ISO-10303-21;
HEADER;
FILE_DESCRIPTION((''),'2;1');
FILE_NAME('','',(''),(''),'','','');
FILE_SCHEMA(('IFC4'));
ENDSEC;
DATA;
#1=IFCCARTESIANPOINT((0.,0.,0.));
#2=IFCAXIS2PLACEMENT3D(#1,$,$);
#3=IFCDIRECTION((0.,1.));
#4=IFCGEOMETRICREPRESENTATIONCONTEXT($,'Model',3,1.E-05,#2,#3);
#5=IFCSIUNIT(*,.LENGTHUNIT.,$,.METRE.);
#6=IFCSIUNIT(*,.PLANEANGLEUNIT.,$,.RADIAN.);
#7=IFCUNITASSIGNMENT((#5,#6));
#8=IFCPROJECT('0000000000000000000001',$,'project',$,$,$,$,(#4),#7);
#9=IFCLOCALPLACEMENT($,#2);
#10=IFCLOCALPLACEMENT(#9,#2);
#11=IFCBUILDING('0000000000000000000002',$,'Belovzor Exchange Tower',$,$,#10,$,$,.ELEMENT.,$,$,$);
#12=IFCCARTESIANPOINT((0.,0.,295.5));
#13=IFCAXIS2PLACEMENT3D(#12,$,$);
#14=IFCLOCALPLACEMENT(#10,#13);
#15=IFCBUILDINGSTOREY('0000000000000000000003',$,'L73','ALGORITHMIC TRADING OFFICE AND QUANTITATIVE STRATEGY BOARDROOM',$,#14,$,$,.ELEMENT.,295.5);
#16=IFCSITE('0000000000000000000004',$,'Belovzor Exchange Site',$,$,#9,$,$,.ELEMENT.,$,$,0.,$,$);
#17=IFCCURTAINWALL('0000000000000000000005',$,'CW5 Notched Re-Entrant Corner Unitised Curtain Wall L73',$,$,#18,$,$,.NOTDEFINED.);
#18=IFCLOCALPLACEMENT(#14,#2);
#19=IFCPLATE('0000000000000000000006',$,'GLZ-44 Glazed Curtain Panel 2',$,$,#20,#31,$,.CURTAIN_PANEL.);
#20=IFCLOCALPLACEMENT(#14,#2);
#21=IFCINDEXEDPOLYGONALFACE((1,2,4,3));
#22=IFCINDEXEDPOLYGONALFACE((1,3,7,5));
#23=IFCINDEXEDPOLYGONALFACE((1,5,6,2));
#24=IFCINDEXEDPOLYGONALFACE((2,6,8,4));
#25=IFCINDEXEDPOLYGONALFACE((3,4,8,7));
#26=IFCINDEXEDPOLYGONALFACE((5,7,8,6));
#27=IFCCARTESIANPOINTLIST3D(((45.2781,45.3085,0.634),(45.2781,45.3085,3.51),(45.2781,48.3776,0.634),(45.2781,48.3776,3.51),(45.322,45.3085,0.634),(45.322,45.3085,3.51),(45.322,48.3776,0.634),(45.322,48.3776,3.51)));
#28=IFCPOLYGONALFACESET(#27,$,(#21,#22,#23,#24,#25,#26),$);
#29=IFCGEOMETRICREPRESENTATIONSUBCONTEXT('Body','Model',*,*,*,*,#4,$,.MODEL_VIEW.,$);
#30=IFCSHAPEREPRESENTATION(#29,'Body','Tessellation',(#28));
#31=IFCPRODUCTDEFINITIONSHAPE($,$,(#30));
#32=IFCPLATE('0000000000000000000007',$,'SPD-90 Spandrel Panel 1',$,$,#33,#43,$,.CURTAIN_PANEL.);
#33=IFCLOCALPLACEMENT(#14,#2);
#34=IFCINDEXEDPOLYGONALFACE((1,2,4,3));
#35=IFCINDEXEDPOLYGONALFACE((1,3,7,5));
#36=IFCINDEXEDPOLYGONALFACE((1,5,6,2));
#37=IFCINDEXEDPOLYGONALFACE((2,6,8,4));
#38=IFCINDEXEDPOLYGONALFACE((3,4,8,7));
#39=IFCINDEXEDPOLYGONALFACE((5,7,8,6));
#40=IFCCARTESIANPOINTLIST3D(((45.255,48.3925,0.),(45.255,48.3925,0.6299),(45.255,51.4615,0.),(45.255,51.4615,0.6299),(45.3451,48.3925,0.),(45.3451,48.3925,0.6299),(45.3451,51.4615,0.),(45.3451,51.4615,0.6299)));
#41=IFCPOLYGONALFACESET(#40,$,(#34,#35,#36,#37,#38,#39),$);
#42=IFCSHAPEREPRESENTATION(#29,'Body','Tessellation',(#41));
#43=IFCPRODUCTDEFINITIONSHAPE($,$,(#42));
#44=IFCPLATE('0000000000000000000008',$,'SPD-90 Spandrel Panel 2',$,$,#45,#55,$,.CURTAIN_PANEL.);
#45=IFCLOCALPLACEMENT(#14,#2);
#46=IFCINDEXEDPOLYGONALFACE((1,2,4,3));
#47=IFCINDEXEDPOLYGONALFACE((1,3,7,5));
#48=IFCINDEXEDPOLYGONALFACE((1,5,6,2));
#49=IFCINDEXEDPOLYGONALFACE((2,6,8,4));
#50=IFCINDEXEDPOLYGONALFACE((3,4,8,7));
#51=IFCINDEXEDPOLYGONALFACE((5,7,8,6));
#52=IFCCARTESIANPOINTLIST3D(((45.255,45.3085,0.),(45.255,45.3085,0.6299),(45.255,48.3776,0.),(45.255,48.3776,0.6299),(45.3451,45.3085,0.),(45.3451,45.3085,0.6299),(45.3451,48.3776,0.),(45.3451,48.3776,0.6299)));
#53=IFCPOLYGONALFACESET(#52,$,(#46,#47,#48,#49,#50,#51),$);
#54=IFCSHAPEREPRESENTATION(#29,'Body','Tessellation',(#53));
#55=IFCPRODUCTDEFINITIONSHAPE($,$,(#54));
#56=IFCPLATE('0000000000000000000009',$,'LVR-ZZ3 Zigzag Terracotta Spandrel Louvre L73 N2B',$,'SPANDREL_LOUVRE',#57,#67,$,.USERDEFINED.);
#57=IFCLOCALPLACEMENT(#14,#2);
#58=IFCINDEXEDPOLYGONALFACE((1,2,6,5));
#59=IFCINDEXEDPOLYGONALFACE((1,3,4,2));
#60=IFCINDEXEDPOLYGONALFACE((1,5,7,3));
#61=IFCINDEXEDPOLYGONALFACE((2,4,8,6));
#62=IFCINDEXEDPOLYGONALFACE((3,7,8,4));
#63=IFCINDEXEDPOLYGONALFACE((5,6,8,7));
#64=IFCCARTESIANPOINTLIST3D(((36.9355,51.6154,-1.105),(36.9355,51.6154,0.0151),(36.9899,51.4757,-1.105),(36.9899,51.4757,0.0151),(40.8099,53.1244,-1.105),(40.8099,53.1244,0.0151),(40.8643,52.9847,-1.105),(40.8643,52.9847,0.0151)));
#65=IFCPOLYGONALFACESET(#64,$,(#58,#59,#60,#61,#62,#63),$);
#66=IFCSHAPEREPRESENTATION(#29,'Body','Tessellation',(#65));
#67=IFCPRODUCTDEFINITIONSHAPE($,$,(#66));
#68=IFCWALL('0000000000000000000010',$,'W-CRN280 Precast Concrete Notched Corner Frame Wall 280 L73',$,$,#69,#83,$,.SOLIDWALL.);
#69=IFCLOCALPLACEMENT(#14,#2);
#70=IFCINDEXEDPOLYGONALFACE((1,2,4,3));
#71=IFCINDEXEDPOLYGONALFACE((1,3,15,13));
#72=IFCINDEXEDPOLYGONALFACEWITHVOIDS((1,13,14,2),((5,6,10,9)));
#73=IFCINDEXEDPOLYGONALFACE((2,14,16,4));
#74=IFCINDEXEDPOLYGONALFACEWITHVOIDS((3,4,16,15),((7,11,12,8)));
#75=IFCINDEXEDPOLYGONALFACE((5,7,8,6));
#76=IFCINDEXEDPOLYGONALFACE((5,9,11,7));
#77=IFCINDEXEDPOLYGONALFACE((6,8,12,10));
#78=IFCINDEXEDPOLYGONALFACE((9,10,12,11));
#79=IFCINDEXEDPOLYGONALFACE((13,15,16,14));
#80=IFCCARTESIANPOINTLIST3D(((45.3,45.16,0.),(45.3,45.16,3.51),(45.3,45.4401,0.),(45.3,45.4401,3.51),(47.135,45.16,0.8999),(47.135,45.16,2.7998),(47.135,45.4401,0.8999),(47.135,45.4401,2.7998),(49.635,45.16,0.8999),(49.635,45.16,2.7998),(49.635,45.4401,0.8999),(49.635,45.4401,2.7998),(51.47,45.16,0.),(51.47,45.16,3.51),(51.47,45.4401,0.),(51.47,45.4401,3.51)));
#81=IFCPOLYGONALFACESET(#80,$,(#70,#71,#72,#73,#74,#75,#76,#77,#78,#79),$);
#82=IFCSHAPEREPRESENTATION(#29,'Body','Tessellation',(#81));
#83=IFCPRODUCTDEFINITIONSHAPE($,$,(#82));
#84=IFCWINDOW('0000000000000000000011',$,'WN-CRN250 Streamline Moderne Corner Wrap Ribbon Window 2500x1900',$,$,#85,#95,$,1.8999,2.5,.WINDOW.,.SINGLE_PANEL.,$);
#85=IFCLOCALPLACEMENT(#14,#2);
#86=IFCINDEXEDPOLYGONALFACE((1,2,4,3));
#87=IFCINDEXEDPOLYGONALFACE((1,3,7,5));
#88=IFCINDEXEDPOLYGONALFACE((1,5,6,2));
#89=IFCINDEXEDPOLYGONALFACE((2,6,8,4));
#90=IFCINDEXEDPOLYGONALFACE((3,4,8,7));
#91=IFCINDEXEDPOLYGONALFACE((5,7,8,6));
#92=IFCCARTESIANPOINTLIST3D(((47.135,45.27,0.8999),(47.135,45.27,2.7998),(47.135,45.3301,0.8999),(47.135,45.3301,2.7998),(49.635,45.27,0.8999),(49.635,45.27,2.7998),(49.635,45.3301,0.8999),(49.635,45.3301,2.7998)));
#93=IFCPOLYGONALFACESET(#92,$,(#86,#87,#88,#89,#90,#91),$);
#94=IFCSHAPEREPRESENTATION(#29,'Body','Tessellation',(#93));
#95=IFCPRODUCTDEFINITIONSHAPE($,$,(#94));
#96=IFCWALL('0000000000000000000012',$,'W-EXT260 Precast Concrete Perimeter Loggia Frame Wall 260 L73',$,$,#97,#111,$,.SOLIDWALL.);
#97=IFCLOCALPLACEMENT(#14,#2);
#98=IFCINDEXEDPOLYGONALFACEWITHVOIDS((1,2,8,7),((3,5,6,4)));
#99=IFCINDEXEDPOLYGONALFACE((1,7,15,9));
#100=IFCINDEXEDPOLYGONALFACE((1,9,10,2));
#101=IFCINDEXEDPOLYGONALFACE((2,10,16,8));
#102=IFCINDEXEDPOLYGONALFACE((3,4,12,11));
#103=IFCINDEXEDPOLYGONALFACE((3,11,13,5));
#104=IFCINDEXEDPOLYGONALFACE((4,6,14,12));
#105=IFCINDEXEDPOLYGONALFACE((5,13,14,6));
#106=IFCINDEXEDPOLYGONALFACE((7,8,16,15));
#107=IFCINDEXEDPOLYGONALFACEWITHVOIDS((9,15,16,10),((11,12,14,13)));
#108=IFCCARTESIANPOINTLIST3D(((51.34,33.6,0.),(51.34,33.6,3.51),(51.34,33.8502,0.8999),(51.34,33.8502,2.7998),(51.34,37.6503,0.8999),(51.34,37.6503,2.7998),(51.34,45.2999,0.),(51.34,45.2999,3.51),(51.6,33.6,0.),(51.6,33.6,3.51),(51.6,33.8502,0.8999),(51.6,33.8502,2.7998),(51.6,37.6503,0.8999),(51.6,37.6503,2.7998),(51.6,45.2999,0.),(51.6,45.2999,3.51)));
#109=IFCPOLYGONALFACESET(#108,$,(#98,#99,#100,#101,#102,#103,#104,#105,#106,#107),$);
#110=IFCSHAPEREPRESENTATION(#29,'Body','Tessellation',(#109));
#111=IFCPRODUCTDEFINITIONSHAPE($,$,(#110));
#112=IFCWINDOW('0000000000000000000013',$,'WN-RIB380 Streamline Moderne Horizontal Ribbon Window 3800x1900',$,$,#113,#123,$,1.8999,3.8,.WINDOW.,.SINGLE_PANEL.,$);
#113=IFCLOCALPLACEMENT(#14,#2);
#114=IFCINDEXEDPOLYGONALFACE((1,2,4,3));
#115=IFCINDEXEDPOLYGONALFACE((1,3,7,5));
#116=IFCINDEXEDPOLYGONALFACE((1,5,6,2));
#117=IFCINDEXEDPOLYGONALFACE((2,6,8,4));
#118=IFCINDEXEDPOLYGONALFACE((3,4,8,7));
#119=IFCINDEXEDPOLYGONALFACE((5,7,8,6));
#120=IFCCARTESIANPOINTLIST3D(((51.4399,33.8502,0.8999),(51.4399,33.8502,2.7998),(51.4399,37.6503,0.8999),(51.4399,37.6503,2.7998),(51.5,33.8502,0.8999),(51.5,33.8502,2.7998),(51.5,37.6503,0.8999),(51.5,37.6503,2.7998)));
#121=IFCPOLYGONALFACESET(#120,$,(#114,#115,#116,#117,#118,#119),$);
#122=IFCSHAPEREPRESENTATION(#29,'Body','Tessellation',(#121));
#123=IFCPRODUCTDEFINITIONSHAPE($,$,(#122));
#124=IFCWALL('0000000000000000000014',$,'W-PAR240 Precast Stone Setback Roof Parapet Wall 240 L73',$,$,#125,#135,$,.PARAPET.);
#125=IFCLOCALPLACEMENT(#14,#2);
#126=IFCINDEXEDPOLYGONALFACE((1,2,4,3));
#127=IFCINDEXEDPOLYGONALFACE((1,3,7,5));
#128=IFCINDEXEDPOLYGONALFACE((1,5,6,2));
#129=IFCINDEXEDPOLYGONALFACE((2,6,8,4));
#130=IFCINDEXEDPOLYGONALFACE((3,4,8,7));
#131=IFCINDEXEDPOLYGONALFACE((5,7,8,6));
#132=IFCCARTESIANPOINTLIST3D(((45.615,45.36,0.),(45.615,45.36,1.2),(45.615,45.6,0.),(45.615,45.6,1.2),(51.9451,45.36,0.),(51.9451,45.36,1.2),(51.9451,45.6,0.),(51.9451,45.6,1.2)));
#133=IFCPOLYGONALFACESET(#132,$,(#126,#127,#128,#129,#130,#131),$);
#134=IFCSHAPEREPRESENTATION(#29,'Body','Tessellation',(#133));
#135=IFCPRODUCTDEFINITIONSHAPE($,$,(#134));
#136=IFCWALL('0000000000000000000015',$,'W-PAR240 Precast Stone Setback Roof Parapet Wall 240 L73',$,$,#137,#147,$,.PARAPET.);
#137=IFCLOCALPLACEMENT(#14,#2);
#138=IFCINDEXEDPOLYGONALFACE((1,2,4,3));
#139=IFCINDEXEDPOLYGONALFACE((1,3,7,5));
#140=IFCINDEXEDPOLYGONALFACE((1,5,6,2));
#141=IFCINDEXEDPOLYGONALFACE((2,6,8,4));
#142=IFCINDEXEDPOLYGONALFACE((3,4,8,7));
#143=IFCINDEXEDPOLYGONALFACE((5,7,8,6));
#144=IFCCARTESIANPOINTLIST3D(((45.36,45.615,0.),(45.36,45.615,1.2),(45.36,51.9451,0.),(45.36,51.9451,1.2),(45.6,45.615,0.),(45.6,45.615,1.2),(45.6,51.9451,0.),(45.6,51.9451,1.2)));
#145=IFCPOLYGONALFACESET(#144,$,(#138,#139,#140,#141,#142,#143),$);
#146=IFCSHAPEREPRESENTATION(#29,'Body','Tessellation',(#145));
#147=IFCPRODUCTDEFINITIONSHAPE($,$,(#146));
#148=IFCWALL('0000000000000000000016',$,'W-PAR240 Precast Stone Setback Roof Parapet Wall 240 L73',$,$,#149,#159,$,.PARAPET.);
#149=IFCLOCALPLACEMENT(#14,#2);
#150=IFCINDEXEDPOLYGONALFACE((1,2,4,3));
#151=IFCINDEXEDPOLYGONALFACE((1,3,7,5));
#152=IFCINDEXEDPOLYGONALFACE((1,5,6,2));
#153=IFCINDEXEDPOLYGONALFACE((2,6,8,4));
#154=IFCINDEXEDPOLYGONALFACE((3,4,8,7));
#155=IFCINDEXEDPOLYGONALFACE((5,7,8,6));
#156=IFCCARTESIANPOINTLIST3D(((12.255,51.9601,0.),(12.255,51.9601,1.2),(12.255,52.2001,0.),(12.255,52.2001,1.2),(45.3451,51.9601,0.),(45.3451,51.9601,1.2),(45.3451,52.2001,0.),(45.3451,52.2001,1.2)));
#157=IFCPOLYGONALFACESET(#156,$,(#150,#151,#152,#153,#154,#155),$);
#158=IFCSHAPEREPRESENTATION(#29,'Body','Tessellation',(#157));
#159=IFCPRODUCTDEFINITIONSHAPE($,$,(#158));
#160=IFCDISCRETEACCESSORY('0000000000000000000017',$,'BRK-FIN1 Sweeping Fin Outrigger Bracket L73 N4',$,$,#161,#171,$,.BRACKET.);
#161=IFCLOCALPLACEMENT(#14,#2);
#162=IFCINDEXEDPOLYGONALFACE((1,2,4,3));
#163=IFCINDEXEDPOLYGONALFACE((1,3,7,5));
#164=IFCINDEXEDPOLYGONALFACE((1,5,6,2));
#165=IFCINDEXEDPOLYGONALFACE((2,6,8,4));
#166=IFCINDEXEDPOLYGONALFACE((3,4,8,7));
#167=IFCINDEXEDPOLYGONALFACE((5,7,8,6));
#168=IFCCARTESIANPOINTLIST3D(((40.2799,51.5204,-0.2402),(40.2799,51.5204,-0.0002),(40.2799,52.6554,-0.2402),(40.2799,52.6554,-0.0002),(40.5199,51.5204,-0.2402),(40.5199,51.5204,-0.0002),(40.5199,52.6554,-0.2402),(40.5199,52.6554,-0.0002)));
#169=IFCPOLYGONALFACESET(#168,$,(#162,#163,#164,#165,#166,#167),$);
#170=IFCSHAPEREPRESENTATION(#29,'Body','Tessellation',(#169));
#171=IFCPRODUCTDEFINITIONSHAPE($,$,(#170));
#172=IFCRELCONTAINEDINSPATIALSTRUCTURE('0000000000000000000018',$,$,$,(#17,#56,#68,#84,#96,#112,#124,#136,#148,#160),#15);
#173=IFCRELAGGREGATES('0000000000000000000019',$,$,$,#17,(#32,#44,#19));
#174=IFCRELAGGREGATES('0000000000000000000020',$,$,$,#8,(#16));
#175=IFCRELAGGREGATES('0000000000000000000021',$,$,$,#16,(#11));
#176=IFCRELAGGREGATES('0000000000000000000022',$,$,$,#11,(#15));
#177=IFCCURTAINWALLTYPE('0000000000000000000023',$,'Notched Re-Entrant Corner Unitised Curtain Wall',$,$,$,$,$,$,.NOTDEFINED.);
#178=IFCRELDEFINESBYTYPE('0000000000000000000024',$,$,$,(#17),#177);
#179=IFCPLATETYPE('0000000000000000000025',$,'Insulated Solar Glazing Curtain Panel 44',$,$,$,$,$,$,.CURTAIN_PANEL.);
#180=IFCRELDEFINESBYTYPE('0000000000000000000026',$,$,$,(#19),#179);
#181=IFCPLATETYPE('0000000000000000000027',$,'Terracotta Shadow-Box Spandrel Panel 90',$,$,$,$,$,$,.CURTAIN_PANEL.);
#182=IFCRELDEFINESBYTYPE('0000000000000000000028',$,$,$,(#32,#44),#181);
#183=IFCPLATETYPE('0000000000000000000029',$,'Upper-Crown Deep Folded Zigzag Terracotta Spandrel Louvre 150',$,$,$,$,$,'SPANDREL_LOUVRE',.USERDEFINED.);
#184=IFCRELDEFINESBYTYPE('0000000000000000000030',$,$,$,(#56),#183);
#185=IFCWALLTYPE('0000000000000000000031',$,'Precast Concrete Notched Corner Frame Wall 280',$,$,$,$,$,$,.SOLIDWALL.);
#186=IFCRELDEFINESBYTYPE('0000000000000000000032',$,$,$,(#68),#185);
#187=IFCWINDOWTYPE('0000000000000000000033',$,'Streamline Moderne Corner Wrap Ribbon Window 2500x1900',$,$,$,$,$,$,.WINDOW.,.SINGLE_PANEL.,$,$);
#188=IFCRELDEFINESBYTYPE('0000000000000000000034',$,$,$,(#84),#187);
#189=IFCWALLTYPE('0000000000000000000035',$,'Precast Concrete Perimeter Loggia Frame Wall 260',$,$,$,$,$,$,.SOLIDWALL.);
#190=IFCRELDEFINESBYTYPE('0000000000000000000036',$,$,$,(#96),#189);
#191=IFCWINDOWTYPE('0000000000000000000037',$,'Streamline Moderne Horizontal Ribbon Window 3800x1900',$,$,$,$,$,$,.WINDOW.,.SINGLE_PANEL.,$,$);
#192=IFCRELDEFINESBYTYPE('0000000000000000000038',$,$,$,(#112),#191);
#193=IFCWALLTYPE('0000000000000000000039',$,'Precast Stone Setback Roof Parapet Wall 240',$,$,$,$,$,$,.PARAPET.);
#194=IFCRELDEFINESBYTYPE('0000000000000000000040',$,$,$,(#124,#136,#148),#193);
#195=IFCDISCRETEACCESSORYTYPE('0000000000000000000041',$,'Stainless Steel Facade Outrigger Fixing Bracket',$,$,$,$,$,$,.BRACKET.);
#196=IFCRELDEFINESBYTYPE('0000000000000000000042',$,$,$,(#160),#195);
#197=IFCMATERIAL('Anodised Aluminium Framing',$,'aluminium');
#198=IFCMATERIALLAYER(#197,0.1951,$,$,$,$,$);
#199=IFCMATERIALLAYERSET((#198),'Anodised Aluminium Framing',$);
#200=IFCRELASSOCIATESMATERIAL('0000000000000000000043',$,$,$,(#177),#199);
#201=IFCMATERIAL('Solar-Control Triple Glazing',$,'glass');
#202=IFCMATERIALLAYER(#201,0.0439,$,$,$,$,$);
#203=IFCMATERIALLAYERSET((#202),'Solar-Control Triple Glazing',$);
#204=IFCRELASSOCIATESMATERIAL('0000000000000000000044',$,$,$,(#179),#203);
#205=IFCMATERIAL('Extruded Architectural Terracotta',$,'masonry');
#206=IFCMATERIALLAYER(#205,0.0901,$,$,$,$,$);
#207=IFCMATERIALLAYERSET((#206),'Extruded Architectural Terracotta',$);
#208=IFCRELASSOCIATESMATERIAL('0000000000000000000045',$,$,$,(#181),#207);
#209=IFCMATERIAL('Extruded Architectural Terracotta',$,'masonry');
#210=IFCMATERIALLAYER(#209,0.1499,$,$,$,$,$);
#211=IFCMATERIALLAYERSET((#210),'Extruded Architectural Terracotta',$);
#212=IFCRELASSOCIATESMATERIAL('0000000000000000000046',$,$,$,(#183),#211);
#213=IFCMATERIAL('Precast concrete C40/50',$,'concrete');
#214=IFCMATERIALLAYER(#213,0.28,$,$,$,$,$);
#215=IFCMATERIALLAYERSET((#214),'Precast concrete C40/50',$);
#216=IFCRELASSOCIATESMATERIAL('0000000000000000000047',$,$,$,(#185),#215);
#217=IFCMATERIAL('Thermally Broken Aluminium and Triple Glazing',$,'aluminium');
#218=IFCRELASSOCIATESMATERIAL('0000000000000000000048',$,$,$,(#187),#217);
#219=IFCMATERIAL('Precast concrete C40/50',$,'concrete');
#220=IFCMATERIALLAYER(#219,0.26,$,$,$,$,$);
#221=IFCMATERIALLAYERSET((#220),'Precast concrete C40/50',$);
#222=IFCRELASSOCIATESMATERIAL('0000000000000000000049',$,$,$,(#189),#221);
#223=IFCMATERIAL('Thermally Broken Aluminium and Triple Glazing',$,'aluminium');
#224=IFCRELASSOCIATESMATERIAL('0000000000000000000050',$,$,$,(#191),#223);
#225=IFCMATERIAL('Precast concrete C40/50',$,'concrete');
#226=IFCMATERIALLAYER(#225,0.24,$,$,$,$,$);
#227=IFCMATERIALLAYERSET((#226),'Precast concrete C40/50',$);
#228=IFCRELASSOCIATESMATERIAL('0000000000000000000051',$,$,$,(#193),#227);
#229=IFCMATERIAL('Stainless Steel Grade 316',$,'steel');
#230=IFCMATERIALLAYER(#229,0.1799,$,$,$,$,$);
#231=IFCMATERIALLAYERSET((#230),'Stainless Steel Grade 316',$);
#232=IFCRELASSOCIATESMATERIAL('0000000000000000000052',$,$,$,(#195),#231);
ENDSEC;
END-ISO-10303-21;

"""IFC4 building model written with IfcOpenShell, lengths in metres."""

from ifc_helpers import new_model, si_unit, direction, frame, frame_2d, origin, origin_2d, place, context, subcontext, project, spatial, rectangle, extrude, material, layer, layer_set, type_object, element, fill, aggregate, save


model = new_model("IFC4")

# Units and contexts
model_context = context("Model", 3, precision=1e-05, world=origin(), true_north=direction((0.0, 1.0)))
body_context = subcontext(model_context, "Body", "Model", "MODEL_VIEW")
ifc_project = project(units=[si_unit("LENGTHUNIT", "METRE"), si_unit("PLANEANGLEUNIT", "RADIAN")], contexts=[model_context])

# Site, building, storey
site_placement = place(None, origin())
site = spatial("IfcSite", under=ifc_project, at=site_placement, Name="Belovzor Exchange Site", CompositionType="ELEMENT", RefElevation=0.0)
building_placement = place(site_placement, origin())
building = spatial("IfcBuilding", under=site, at=building_placement, Name="Belovzor Exchange Tower", CompositionType="ELEMENT")
storey_placement = place(building_placement, frame((0.0, 0.0, 295.5)))
storey = spatial("IfcBuildingStorey", under=building, at=storey_placement, Name="L73", Description="ALGORITHMIC TRADING OFFICE AND QUANTITATIVE STRATEGY BOARDROOM", CompositionType="ELEMENT", Elevation=295.5)

# Curtain wall
ifc_material_1 = material(Name="Anodised Aluminium Framing", Category="aluminium")
ifc_layer_1 = layer(ifc_material_1, 0.1951)
ifc_layer_set_1 = layer_set([ifc_layer_1], Name="Anodised Aluminium Framing")
curtain_wall_type = type_object("IfcCurtainWallType", Name="Notched Re-Entrant Corner Unitised Curtain Wall", PredefinedType="NOTDEFINED", material=ifc_layer_set_1)
curtain_wall_placement = place(storey_placement, origin())
curtain_wall = element("IfcCurtainWall", 1, at=curtain_wall_placement, inside=storey, type_object=curtain_wall_type, Name="CW5 Notched Re-Entrant Corner Unitised Curtain Wall L73", PredefinedType="NOTDEFINED")

# Plates
ifc_material_2 = material(Name="Solar-Control Triple Glazing", Category="glass")
ifc_layer_2 = layer(ifc_material_2, 0.0439)
ifc_layer_set_2 = layer_set([ifc_layer_2], Name="Solar-Control Triple Glazing")
plate_type_1 = type_object("IfcPlateType", Name="Insulated Solar Glazing Curtain Panel 44", PredefinedType="CURTAIN_PANEL", material=ifc_layer_set_2)
plate_1_placement = place(storey_placement, frame((45.3, 46.843, 0.634), z_axis=(0.0, 0.0, 1.0), x_axis=(0.0, -1.0, 0.0)))
plate_1 = element("IfcPlate", 2, at=plate_1_placement, type_object=plate_type_1, Name="GLZ-44 Glazed Curtain Panel 2", PredefinedType="CURTAIN_PANEL", context=body_context, shape_type="SweptSolid", body=[
    extrude(rectangle(XDim=3.0691, YDim=0.0439, at=origin_2d()), origin(), (0.0, 0.0, 1.0), 2.876),
])
ifc_material_3 = material(Name="Extruded Architectural Terracotta", Category="masonry")
ifc_layer_3 = layer(ifc_material_3, 0.0901)
ifc_layer_set_3 = layer_set([ifc_layer_3], Name="Extruded Architectural Terracotta")
plate_type_2 = type_object("IfcPlateType", Name="Terracotta Shadow-Box Spandrel Panel 90", PredefinedType="CURTAIN_PANEL", material=ifc_layer_set_3)
plate_2_placement = place(storey_placement, frame((45.3, 49.927, 0.0), z_axis=(0.0, 0.0, 1.0), x_axis=(0.0, -1.0, 0.0)))
plate_2 = element("IfcPlate", 3, at=plate_2_placement, type_object=plate_type_2, Name="SPD-90 Spandrel Panel 1", PredefinedType="CURTAIN_PANEL", context=body_context, shape_type="SweptSolid", body=[
    extrude(rectangle(XDim=3.0691, YDim=0.0901, at=origin_2d()), origin(), (0.0, 0.0, 1.0), 0.6299),
])
plate_3_placement = place(storey_placement, frame((45.3, 46.843, 0.0), z_axis=(0.0, 0.0, 1.0), x_axis=(0.0, -1.0, 0.0)))
plate_3 = element("IfcPlate", 4, at=plate_3_placement, type_object=plate_type_2, Name="SPD-90 Spandrel Panel 2", PredefinedType="CURTAIN_PANEL", context=body_context, shape_type="SweptSolid", body=[
    extrude(rectangle(XDim=3.0691, YDim=0.0901, at=origin_2d()), origin(), (0.0, 0.0, 1.0), 0.6299),
])
aggregate(curtain_wall, [plate_2, plate_3, plate_1])
ifc_material_4 = material(Name="Extruded Architectural Terracotta", Category="masonry")
ifc_layer_4 = layer(ifc_material_4, 0.1499)
ifc_layer_set_4 = layer_set([ifc_layer_4], Name="Extruded Architectural Terracotta")
plate_type_3 = type_object("IfcPlateType", Name="Upper-Crown Deep Folded Zigzag Terracotta Spandrel Louvre 150", ElementType="SPANDREL_LOUVRE", PredefinedType="USERDEFINED", material=ifc_layer_set_4)
plate_4_placement = place(storey_placement, frame((38.8999, 52.3, -1.105), z_axis=(0.0, 0.0, 1.0), x_axis=(0.931818, 0.362926, 0.0)))
element("IfcPlate", 5, at=plate_4_placement, inside=storey, type_object=plate_type_3, Name="LVR-ZZ3 Zigzag Terracotta Spandrel Louvre L73 N2B", ObjectType="SPANDREL_LOUVRE", PredefinedType="USERDEFINED", context=body_context, shape_type="SweptSolid", body=[
    extrude(rectangle(XDim=4.158, YDim=0.1499, at=origin_2d()), origin(), (0.0, 0.0, 1.0), 1.1201),
])

# Walls, openings, windows
ifc_material_5 = material(Name="Precast concrete C40/50", Category="concrete")
ifc_layer_5 = layer(ifc_material_5, 0.28)
ifc_layer_set_5 = layer_set([ifc_layer_5], Name="Precast concrete C40/50")
wall_type_1 = type_object("IfcWallType", Name="Precast Concrete Notched Corner Frame Wall 280", PredefinedType="SOLIDWALL", material=ifc_layer_set_5)
wall_1_placement = place(storey_placement, frame((45.3, 45.3, 0.0), z_axis=(0.0, 0.0, 1.0), x_axis=(1.0, 0.0, 0.0)))
wall_1 = element("IfcWall", 6, at=wall_1_placement, inside=storey, type_object=wall_type_1, Name="W-CRN280 Precast Concrete Notched Corner Frame Wall 280 L73", PredefinedType="SOLIDWALL", context=body_context, shape_type="SweptSolid", body=[
    extrude(rectangle(XDim=6.1699, YDim=0.28, at=frame_2d((3.085, 0.0))), origin(), (0.0, 0.0, 1.0), 3.51),
])
opening_1_placement = place(wall_1_placement, frame((1.835, 0.0, 0.8999)))
opening_1 = element("IfcOpeningElement", 7, at=opening_1_placement, cuts=wall_1, PredefinedType="OPENING", context=body_context, shape_type="SweptSolid", body=[
    extrude(rectangle(XDim=2.5, YDim=1.8999, at=frame_2d((1.25, 0.95))), frame((0.0, 0.1499, 0.0), z_axis=(0.0, -1.0, 0.0), x_axis=(1.0, 0.0, 0.0)), (0.0, 0.0, 1.0), 0.3),
])
ifc_material_6 = material(Name="Thermally Broken Aluminium and Triple Glazing", Category="aluminium")
window_type_1 = type_object("IfcWindowType", Name="Streamline Moderne Corner Wrap Ribbon Window 2500x1900", PartitioningType="SINGLE_PANEL", PredefinedType="WINDOW", material=ifc_material_6)
window_1_placement = place(opening_1_placement, origin())
window_1 = element("IfcWindow", 8, at=window_1_placement, inside=storey, type_object=window_type_1, Name="WN-CRN250 Streamline Moderne Corner Wrap Ribbon Window 2500x1900", OverallHeight=1.8999, OverallWidth=2.5, PartitioningType="SINGLE_PANEL", PredefinedType="WINDOW", context=body_context, shape_type="SweptSolid", body=[
    extrude(rectangle(XDim=2.5, YDim=1.8999, at=frame_2d((1.25, 0.95))), frame((0.0, 0.03, 0.0), z_axis=(0.0, -1.0, 0.0), x_axis=(1.0, 0.0, 0.0)), (0.0, 0.0, 1.0), 0.0601),
])
fill(opening_1, window_1)
ifc_material_7 = material(Name="Precast concrete C40/50", Category="concrete")
ifc_layer_6 = layer(ifc_material_7, 0.26)
ifc_layer_set_6 = layer_set([ifc_layer_6], Name="Precast concrete C40/50")
wall_type_2 = type_object("IfcWallType", Name="Precast Concrete Perimeter Loggia Frame Wall 260", PredefinedType="SOLIDWALL", material=ifc_layer_set_6)
wall_2_placement = place(storey_placement, frame((51.47, 45.3, 0.0), z_axis=(0.0, 0.0, 1.0), x_axis=(0.0, -1.0, 0.0)))
wall_2 = element("IfcWall", 9, at=wall_2_placement, inside=storey, type_object=wall_type_2, Name="W-EXT260 Precast Concrete Perimeter Loggia Frame Wall 260 L73", PredefinedType="SOLIDWALL", context=body_context, shape_type="SweptSolid", body=[
    extrude(rectangle(XDim=11.7, YDim=0.26, at=frame_2d((5.8501, 0.0))), origin(), (0.0, 0.0, 1.0), 3.51),
])
opening_2_placement = place(wall_2_placement, frame((7.6499, 0.0, 0.8999)))
opening_2 = element("IfcOpeningElement", 10, at=opening_2_placement, cuts=wall_2, PredefinedType="OPENING", context=body_context, shape_type="SweptSolid", body=[
    extrude(rectangle(XDim=3.8, YDim=1.8999, at=frame_2d((1.8999, 0.95))), frame((0.0, 0.1399, 0.0), z_axis=(0.0, -1.0, 0.0), x_axis=(1.0, 0.0, 0.0)), (0.0, 0.0, 1.0), 0.28),
])
ifc_material_8 = material(Name="Thermally Broken Aluminium and Triple Glazing", Category="aluminium")
window_type_2 = type_object("IfcWindowType", Name="Streamline Moderne Horizontal Ribbon Window 3800x1900", PartitioningType="SINGLE_PANEL", PredefinedType="WINDOW", material=ifc_material_8)
window_2_placement = place(opening_2_placement, origin())
window_2 = element("IfcWindow", 11, at=window_2_placement, inside=storey, type_object=window_type_2, Name="WN-RIB380 Streamline Moderne Horizontal Ribbon Window 3800x1900", OverallHeight=1.8999, OverallWidth=3.8, PartitioningType="SINGLE_PANEL", PredefinedType="WINDOW", context=body_context, shape_type="SweptSolid", body=[
    extrude(rectangle(XDim=3.8, YDim=1.8999, at=frame_2d((1.8999, 0.95))), frame((0.0, 0.03, 0.0), z_axis=(0.0, -1.0, 0.0), x_axis=(1.0, 0.0, 0.0)), (0.0, 0.0, 1.0), 0.0601),
])
fill(opening_2, window_2)

# Walls
ifc_material_9 = material(Name="Precast concrete C40/50", Category="concrete")
ifc_layer_7 = layer(ifc_material_9, 0.24)
ifc_layer_set_7 = layer_set([ifc_layer_7], Name="Precast concrete C40/50")
wall_type_3 = type_object("IfcWallType", Name="Precast Stone Setback Roof Parapet Wall 240", PredefinedType="PARAPET", material=ifc_layer_set_7)
for number, where, z_axis, x_axis, name in (
    (12, (51.9451, 45.48, 0.0), (0.0, 0.0, 1.0), (-1.0, 0.0, 0.0), "W-PAR240 Precast Stone Setback Roof Parapet Wall 240 L73"),
    (13, (45.48, 45.615, 0.0), (0.0, 0.0, 1.0), (0.0, 1.0, 0.0), "W-PAR240 Precast Stone Setback Roof Parapet Wall 240 L73"),
):
    element("IfcWall", number, at=place(storey_placement, frame(where, z_axis=z_axis, x_axis=x_axis)), inside=storey, type_object=wall_type_3, Name=name, PredefinedType="PARAPET", context=body_context, shape_type="SweptSolid", body=[
        extrude(rectangle(XDim=6.3301, YDim=0.24, at=frame_2d((3.165, 0.0))), origin(), (0.0, 0.0, 1.0), 1.2),
    ])
wall_3_placement = place(storey_placement, frame((45.345, 52.0801, 0.0), z_axis=(0.0, 0.0, 1.0), x_axis=(-1.0, 0.0, 0.0)))
element("IfcWall", 14, at=wall_3_placement, inside=storey, type_object=wall_type_3, Name="W-PAR240 Precast Stone Setback Roof Parapet Wall 240 L73", PredefinedType="PARAPET", context=body_context, shape_type="SweptSolid", body=[
    extrude(rectangle(XDim=33.0901, YDim=0.24, at=frame_2d((16.5449, 0.0))), origin(), (0.0, 0.0, 1.0), 1.2),
])

# Discrete accessory
ifc_material_10 = material(Name="Stainless Steel Grade 316", Category="steel")
ifc_layer_8 = layer(ifc_material_10, 0.1799)
ifc_layer_set_8 = layer_set([ifc_layer_8], Name="Stainless Steel Grade 316")
discrete_accessory_type = type_object("IfcDiscreteAccessoryType", Name="Stainless Steel Facade Outrigger Fixing Bracket", PredefinedType="BRACKET", material=ifc_layer_set_8)
discrete_accessory_placement = place(storey_placement, frame((40.3999, 52.0879, -0.2402), z_axis=(0.0, 0.0, 1.0), x_axis=(0.0, 1.0, 0.0)))
element("IfcDiscreteAccessory", 15, at=discrete_accessory_placement, inside=storey, type_object=discrete_accessory_type, Name="BRK-FIN1 Sweeping Fin Outrigger Bracket L73 N4", PredefinedType="BRACKET", context=body_context, shape_type="SweptSolid", body=[
    extrude(rectangle(XDim=1.135, YDim=0.24, at=origin_2d()), origin(), (0.0, 0.0, 1.0), 0.24),
])

save(model, "model.ifc")
